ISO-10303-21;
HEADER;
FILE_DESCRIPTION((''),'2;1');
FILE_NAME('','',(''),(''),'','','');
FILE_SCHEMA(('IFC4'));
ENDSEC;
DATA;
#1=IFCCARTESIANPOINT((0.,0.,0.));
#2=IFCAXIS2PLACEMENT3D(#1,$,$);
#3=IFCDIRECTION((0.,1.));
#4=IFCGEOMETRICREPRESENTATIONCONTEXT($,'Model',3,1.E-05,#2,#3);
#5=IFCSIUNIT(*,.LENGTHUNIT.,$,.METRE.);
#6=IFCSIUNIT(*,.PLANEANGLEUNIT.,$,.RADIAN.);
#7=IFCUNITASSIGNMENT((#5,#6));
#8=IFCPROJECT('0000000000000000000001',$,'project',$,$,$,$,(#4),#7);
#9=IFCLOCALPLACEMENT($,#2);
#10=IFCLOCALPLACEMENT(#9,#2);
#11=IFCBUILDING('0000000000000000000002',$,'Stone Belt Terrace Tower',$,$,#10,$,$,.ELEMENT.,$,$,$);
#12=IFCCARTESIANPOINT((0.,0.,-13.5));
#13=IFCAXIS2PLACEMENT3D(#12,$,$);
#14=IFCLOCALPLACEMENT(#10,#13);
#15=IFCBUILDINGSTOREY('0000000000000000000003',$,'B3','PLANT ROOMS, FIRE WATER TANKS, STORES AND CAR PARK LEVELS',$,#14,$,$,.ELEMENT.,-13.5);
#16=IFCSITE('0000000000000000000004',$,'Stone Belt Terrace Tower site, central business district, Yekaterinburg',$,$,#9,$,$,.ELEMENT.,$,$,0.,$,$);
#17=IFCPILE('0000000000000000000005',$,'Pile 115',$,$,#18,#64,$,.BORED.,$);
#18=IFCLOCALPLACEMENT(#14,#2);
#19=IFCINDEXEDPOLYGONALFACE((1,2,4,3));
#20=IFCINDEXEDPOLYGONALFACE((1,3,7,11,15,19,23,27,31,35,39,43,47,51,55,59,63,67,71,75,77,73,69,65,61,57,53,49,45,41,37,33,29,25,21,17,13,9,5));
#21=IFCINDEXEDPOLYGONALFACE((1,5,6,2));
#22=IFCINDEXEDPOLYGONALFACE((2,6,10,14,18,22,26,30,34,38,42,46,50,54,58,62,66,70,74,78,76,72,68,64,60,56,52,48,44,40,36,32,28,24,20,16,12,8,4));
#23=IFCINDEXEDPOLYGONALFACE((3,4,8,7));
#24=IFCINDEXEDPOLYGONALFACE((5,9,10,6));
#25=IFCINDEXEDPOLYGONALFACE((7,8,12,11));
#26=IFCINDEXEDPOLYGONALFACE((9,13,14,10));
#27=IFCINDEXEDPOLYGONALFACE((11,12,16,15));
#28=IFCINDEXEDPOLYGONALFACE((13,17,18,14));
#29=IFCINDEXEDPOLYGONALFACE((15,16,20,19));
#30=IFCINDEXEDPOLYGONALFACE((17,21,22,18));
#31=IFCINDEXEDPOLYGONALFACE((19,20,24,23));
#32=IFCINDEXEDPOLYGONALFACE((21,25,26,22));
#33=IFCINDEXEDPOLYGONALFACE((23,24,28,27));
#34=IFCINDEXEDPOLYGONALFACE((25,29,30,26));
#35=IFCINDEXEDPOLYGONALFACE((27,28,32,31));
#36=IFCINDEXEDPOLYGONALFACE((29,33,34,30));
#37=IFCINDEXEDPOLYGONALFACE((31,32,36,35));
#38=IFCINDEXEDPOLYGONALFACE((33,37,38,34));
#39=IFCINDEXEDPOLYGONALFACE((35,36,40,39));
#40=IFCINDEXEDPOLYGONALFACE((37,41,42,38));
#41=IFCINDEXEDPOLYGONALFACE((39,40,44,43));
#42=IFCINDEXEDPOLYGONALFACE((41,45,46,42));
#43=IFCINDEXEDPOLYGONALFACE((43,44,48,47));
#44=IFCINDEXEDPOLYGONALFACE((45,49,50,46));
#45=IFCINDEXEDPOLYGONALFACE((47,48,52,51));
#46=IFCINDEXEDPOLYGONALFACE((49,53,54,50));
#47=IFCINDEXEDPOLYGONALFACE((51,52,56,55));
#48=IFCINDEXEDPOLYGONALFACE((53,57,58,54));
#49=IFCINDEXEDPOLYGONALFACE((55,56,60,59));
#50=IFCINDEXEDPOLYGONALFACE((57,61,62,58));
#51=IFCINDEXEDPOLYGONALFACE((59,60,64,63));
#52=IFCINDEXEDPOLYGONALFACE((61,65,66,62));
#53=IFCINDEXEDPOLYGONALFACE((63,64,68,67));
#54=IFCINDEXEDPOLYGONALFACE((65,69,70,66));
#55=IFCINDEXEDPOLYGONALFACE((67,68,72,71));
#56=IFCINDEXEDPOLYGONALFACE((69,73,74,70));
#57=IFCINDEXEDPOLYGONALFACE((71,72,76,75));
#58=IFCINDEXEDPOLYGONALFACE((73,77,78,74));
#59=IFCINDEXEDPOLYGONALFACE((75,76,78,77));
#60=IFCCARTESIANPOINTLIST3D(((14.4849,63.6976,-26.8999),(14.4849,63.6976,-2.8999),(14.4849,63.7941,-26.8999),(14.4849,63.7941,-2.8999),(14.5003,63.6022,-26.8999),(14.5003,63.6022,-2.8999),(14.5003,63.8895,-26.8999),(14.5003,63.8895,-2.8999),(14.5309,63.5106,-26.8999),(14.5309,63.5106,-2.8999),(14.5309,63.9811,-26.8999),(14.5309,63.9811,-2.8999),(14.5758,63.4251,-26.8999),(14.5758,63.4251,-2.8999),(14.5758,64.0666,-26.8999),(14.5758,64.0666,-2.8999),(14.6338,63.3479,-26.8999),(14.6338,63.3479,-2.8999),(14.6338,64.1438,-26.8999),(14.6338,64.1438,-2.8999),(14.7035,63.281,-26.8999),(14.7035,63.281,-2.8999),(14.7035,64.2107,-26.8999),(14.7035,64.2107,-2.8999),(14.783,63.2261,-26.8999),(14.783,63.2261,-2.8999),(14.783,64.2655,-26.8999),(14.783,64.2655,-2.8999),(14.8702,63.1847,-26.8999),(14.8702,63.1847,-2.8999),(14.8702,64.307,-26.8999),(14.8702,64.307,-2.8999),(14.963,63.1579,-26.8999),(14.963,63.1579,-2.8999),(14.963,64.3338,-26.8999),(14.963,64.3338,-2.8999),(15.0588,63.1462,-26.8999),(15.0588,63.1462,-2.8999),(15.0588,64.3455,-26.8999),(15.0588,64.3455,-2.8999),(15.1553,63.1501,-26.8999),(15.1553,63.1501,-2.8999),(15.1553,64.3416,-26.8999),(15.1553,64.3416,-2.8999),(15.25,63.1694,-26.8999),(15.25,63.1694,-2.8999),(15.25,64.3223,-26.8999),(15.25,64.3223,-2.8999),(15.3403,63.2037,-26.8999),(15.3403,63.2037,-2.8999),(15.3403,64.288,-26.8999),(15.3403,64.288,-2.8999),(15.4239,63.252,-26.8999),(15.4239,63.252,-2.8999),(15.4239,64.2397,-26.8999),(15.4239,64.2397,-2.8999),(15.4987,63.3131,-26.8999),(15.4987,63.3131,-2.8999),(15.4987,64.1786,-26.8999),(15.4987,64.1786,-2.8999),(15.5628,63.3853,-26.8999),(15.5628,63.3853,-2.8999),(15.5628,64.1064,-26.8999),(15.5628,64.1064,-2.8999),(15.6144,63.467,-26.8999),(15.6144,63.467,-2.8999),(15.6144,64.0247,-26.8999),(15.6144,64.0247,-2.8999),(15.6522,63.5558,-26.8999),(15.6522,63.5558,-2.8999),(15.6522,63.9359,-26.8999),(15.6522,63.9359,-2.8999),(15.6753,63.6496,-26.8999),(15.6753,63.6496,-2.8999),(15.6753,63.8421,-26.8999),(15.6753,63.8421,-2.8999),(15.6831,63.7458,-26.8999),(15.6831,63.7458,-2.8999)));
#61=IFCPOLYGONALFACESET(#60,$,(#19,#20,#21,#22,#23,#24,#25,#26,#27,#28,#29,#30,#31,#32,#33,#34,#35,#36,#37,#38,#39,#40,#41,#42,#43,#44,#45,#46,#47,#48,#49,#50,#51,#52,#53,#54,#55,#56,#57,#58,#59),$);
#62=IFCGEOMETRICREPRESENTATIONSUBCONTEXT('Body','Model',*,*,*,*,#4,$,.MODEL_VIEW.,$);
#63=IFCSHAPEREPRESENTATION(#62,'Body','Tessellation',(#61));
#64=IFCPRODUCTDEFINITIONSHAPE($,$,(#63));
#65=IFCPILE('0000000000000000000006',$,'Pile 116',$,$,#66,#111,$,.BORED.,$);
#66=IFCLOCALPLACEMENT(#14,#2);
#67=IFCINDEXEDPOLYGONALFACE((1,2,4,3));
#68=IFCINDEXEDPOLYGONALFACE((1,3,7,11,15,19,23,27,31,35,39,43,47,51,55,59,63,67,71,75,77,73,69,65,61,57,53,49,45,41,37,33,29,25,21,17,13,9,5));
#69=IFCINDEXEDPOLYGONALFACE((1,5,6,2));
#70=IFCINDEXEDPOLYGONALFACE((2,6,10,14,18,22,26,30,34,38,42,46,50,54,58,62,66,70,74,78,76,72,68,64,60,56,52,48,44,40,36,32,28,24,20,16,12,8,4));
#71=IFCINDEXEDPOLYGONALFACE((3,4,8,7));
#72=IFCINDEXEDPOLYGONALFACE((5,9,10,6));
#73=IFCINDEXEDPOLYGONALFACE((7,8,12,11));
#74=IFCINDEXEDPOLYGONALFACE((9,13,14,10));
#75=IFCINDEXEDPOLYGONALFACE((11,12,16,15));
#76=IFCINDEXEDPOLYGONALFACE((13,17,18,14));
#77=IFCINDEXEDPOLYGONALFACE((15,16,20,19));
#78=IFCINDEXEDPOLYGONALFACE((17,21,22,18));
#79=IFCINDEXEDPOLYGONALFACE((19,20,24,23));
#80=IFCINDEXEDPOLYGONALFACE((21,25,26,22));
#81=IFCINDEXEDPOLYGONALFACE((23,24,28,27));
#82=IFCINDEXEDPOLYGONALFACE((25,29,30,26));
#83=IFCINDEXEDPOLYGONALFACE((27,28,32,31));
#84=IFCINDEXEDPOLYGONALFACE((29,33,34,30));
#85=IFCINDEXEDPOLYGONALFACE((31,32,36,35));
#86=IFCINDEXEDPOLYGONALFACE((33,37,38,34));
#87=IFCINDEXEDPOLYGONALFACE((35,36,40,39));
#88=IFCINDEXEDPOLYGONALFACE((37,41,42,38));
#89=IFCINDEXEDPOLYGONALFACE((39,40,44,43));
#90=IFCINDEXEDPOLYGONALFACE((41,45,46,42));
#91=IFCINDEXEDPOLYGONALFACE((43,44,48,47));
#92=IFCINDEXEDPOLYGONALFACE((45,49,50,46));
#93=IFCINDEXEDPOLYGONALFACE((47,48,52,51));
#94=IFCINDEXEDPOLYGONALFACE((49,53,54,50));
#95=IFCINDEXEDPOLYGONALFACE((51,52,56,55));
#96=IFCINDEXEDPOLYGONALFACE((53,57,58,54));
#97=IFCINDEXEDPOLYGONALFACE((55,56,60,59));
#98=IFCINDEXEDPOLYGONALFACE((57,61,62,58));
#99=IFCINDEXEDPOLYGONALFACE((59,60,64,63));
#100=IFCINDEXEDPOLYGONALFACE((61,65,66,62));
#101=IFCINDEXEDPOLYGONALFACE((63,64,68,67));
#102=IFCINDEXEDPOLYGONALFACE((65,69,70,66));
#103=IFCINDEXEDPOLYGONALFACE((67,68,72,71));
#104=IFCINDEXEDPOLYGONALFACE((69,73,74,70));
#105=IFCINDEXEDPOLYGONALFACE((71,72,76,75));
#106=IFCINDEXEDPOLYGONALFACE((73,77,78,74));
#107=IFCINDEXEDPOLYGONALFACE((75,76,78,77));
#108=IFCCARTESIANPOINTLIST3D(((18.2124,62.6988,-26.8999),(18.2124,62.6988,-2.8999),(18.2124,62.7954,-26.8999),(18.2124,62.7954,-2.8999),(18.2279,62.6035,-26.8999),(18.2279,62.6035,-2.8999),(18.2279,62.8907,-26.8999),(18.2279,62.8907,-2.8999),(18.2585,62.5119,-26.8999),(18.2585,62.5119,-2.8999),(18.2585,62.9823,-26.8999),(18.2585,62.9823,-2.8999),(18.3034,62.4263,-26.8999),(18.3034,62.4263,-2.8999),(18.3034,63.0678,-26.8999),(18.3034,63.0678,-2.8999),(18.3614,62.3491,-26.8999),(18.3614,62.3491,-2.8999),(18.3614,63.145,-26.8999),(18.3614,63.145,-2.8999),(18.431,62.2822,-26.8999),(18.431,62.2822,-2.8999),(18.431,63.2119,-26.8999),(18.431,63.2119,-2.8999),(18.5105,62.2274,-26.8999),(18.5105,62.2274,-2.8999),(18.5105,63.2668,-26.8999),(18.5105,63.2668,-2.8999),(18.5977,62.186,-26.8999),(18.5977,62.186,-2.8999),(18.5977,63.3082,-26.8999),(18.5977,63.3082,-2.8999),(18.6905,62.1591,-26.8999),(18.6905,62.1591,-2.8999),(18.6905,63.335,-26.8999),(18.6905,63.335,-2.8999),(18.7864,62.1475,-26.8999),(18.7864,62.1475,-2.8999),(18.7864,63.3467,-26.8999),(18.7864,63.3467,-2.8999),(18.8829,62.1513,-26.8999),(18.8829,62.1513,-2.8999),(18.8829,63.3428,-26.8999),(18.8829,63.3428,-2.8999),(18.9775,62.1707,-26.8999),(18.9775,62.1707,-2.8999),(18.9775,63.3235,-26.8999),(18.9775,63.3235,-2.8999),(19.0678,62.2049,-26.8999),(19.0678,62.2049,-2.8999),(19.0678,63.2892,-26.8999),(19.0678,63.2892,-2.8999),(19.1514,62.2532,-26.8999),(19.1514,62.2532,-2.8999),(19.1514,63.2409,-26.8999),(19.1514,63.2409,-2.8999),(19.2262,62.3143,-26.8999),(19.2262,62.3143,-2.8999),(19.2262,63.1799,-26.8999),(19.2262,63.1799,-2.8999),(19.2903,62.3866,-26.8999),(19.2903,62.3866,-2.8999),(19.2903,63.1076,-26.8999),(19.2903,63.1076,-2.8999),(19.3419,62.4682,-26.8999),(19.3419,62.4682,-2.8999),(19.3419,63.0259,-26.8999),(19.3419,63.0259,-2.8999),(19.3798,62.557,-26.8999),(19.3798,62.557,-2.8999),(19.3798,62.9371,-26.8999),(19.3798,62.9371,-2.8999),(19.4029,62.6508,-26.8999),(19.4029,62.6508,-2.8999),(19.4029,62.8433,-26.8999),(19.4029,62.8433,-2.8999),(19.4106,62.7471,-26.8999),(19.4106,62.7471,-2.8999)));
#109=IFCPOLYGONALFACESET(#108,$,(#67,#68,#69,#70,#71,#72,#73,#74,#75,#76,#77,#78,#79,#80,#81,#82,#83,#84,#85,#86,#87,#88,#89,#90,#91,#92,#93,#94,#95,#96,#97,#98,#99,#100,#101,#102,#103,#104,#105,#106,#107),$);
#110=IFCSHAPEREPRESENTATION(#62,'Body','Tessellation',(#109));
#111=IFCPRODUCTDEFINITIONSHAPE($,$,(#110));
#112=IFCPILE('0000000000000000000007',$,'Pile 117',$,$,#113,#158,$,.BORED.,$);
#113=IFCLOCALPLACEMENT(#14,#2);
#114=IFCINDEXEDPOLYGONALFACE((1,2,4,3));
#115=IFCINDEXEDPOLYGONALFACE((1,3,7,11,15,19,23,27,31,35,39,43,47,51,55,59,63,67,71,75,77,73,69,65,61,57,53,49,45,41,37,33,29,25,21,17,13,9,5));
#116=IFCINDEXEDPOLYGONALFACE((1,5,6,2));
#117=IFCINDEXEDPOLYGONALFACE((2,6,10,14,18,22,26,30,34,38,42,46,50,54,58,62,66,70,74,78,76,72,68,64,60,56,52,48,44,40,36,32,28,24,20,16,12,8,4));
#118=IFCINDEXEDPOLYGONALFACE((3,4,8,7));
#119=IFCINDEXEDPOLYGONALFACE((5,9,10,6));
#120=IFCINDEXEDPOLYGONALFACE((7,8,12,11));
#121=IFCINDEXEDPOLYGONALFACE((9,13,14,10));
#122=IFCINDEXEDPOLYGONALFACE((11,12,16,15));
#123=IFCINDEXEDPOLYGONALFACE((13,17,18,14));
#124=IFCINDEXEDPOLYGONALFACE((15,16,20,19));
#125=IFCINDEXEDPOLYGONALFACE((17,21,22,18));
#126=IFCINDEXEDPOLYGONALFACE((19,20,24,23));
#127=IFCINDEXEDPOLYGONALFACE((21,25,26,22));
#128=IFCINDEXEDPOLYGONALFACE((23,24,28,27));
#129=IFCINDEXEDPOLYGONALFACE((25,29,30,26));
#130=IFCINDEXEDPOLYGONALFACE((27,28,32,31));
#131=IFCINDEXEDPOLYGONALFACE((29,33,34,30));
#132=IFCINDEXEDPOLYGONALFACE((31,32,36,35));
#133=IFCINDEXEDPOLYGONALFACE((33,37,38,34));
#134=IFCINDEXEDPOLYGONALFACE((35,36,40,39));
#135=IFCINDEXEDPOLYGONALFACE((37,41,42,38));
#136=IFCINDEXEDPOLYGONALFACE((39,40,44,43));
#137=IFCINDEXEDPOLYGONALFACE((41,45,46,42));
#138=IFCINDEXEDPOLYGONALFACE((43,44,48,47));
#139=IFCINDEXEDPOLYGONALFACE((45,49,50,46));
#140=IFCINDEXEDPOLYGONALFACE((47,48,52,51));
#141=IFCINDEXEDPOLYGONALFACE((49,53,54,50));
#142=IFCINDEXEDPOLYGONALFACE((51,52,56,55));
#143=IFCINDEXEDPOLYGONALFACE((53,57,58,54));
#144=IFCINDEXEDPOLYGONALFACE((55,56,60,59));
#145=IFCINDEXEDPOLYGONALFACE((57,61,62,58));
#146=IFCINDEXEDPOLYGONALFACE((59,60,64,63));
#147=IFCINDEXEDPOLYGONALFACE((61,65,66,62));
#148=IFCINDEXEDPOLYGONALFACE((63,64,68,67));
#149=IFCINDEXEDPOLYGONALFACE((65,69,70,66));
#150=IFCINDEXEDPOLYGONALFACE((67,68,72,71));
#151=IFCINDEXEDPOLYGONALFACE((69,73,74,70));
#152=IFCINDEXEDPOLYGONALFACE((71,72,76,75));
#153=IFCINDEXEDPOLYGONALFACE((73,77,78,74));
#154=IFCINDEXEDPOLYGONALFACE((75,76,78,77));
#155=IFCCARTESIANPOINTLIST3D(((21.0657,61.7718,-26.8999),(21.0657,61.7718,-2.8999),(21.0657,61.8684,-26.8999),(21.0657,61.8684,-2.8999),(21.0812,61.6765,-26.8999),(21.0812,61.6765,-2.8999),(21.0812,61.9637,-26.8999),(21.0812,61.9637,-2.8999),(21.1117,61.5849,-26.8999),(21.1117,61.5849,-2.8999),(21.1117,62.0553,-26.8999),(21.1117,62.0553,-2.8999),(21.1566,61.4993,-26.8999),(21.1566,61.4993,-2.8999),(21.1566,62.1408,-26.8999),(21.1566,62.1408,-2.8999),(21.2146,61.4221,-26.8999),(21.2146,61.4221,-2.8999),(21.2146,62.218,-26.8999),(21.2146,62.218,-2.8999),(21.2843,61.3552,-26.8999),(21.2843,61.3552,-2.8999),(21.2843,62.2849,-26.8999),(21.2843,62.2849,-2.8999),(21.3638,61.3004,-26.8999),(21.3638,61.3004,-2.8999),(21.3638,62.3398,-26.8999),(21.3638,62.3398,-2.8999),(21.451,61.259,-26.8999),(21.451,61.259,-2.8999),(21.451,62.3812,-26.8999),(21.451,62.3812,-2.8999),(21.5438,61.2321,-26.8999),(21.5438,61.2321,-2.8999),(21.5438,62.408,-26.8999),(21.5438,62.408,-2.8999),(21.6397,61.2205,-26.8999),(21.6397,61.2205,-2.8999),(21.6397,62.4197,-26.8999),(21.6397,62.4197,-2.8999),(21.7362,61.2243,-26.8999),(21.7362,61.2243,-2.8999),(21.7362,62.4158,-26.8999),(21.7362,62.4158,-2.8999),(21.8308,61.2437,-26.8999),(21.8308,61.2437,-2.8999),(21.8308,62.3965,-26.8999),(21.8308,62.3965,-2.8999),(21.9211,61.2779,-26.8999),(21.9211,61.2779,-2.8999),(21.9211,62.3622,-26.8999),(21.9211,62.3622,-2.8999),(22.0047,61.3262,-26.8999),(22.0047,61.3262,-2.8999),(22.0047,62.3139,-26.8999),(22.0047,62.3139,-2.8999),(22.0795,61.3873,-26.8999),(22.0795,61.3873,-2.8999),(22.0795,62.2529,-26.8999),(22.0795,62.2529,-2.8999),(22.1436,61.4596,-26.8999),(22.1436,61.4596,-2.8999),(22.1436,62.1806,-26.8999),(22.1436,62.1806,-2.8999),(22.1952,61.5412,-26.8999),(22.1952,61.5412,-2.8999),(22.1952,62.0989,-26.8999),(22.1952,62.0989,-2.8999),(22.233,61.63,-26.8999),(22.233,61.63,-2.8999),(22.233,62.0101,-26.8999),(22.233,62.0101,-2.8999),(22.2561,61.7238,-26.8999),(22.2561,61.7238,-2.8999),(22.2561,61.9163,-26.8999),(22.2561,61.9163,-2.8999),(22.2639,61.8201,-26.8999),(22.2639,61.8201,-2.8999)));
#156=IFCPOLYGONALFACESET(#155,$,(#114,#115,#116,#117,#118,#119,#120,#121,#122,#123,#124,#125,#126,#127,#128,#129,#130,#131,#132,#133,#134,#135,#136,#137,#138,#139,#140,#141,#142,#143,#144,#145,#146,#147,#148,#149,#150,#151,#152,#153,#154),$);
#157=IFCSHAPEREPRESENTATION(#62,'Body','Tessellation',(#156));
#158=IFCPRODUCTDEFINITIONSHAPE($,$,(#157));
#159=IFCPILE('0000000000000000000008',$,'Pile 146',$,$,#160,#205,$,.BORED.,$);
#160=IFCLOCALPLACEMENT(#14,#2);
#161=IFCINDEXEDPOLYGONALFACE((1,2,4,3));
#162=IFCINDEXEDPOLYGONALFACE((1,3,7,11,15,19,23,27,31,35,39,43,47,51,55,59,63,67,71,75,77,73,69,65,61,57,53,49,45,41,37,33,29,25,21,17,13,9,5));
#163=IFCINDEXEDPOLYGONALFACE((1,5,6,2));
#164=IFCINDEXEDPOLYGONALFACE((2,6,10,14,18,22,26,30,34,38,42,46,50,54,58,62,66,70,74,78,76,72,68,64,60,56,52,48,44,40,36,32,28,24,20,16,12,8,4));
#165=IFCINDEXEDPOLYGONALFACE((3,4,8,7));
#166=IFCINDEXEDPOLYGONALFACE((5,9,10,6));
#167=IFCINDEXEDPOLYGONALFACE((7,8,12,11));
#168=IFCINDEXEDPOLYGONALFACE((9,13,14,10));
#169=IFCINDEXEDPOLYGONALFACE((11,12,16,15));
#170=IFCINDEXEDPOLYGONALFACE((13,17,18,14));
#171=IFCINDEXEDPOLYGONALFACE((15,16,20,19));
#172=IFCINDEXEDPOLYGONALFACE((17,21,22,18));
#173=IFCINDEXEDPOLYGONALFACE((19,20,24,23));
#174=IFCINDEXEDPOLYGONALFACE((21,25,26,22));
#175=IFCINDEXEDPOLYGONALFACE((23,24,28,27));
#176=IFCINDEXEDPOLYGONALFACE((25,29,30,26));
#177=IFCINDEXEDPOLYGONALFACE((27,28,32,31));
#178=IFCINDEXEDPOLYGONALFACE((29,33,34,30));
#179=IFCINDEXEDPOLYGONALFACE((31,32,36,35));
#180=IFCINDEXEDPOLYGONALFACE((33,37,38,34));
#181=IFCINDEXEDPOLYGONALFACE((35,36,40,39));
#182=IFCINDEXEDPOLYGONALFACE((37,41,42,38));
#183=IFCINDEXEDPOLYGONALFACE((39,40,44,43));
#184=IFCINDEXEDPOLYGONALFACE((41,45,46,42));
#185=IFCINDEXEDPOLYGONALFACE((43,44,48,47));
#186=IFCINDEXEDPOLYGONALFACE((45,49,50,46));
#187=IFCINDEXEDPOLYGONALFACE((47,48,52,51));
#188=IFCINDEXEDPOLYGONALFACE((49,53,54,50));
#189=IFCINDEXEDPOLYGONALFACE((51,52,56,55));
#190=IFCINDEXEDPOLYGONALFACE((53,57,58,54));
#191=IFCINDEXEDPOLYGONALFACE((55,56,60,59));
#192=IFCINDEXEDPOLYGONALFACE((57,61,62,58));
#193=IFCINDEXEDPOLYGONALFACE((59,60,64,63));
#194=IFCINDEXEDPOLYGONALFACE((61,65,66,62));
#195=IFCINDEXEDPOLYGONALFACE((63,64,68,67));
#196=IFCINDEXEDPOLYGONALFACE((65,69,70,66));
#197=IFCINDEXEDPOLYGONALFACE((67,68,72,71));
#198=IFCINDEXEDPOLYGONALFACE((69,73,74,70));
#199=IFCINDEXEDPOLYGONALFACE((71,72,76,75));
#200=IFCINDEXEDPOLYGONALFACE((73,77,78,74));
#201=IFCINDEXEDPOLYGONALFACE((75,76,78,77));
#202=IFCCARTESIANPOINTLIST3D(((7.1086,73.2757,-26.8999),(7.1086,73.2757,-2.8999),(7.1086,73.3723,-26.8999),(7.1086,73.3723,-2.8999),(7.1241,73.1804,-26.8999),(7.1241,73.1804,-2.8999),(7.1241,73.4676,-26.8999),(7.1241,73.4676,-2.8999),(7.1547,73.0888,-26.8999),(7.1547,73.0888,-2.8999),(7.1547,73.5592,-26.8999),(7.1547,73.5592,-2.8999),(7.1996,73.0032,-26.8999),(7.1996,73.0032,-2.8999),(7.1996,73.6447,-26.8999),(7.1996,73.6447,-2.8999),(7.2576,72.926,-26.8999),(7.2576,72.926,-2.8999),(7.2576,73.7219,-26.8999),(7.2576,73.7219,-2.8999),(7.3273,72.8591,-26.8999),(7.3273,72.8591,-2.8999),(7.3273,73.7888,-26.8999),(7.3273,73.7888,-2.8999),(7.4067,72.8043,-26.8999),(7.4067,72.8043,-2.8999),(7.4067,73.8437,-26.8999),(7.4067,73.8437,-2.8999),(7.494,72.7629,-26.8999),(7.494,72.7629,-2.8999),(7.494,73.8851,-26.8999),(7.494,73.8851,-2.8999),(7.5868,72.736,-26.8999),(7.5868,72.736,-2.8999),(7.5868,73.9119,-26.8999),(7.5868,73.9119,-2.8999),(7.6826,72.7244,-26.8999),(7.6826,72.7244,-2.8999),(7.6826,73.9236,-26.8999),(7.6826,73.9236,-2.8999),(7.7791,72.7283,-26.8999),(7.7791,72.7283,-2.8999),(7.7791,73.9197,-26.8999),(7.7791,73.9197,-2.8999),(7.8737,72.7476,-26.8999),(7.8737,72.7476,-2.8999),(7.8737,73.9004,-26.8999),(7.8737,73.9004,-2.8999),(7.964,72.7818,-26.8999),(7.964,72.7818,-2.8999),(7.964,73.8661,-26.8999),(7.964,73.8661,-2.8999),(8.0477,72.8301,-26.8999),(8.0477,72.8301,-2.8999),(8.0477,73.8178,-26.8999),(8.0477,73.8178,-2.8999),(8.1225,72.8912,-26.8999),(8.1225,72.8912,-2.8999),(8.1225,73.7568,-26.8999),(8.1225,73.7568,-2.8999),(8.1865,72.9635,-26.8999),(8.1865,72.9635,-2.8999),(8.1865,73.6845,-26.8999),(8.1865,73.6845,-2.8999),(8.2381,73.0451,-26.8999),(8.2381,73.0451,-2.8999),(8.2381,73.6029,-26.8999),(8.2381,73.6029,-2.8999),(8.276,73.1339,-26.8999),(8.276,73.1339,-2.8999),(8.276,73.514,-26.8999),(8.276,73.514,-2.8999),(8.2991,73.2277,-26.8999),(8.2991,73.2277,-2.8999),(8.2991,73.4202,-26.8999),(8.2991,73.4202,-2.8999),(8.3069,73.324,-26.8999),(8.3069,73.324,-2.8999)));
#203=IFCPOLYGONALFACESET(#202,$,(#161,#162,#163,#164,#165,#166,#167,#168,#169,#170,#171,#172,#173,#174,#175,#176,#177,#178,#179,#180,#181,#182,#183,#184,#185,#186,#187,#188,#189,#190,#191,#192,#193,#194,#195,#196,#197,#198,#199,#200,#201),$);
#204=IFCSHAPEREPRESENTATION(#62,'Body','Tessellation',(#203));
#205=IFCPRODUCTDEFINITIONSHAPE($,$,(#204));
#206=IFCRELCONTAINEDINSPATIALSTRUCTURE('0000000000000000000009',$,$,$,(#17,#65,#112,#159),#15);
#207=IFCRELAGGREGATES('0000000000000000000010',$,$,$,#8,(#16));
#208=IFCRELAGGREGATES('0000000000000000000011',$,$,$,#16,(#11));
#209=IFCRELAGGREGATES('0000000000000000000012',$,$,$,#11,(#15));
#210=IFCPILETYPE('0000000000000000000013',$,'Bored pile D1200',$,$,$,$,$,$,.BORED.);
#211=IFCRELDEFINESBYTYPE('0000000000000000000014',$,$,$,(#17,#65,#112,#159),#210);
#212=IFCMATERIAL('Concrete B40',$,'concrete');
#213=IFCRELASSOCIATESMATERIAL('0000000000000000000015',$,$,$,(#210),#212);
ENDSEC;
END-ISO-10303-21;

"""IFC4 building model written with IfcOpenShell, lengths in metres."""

from ifc_helpers import new_model, si_unit, direction, frame, origin, origin_2d, place, context, subcontext, project, spatial, circle, extrude, material, material_profile, profile_set, type_object, element, save


model = new_model("IFC4")

# Units and contexts
model_context = context("Model", 3, precision=1e-05, world=origin(), true_north=direction((0.0, 1.0)))
body_context = subcontext(model_context, "Body", "Model", "MODEL_VIEW")
ifc_project = project(units=[si_unit("LENGTHUNIT", "METRE"), si_unit("PLANEANGLEUNIT", "RADIAN")], contexts=[model_context])

# Site, building, storey
site_placement = place(None, origin())
site = spatial("IfcSite", under=ifc_project, at=site_placement, Name="Stone Belt Terrace Tower site, central business district, Yekaterinburg", CompositionType="ELEMENT", RefElevation=0.0)
building_placement = place(site_placement, origin())
building = spatial("IfcBuilding", under=site, at=building_placement, Name="Stone Belt Terrace Tower", CompositionType="ELEMENT")
storey_placement = place(building_placement, frame((0.0, 0.0, -13.5)))
storey = spatial("IfcBuildingStorey", under=building, at=storey_placement, Name="B3", Description="PLANT ROOMS, FIRE WATER TANKS, STORES AND CAR PARK LEVELS", CompositionType="ELEMENT", Elevation=-13.5)

# Piles
ifc_material_1 = material(Name="Concrete B40", Category="concrete")
ifc_material_profile_1 = material_profile(ifc_material_1, circle(Radius=0.6001, at=origin_2d()), Name="PILE D1200")
ifc_profile_set_1 = profile_set([ifc_material_profile_1], Name="Concrete B40")
pile_type = type_object("IfcPileType", Name="Bored pile D1200", PredefinedType="BORED", material=ifc_profile_set_1)
for number, where, z_axis, x_axis, name in (
    (1, (15.083, 63.7458, -2.8999), (0.0, 0.0, -1.0), (1.0, 0.0, 0.0), "Pile 115"),
    (2, (18.8105, 62.7471, -2.8999), (0.0, 0.0, -1.0), (1.0, 0.0, 0.0), "Pile 116"),
    (3, (21.6638, 61.8201, -2.8999), (0.0, 0.0, -1.0), (1.0, 0.0, 0.0), "Pile 117"),
    (4, (7.7068, 73.324, -2.8999), (0.0, 0.0, -1.0), (1.0, 0.0, 0.0), "Pile 146"),
):
    element("IfcPile", number, at=place(storey_placement, frame(where, z_axis=z_axis, x_axis=x_axis)), inside=storey, type_object=pile_type, Name=name, PredefinedType="BORED", context=body_context, shape_type="SweptSolid", body=[
        extrude(circle(Radius=0.6001, at=origin_2d()), origin(), (0.0, 0.0, 1.0), 24.0),
    ])

save(model, "model.ifc")
